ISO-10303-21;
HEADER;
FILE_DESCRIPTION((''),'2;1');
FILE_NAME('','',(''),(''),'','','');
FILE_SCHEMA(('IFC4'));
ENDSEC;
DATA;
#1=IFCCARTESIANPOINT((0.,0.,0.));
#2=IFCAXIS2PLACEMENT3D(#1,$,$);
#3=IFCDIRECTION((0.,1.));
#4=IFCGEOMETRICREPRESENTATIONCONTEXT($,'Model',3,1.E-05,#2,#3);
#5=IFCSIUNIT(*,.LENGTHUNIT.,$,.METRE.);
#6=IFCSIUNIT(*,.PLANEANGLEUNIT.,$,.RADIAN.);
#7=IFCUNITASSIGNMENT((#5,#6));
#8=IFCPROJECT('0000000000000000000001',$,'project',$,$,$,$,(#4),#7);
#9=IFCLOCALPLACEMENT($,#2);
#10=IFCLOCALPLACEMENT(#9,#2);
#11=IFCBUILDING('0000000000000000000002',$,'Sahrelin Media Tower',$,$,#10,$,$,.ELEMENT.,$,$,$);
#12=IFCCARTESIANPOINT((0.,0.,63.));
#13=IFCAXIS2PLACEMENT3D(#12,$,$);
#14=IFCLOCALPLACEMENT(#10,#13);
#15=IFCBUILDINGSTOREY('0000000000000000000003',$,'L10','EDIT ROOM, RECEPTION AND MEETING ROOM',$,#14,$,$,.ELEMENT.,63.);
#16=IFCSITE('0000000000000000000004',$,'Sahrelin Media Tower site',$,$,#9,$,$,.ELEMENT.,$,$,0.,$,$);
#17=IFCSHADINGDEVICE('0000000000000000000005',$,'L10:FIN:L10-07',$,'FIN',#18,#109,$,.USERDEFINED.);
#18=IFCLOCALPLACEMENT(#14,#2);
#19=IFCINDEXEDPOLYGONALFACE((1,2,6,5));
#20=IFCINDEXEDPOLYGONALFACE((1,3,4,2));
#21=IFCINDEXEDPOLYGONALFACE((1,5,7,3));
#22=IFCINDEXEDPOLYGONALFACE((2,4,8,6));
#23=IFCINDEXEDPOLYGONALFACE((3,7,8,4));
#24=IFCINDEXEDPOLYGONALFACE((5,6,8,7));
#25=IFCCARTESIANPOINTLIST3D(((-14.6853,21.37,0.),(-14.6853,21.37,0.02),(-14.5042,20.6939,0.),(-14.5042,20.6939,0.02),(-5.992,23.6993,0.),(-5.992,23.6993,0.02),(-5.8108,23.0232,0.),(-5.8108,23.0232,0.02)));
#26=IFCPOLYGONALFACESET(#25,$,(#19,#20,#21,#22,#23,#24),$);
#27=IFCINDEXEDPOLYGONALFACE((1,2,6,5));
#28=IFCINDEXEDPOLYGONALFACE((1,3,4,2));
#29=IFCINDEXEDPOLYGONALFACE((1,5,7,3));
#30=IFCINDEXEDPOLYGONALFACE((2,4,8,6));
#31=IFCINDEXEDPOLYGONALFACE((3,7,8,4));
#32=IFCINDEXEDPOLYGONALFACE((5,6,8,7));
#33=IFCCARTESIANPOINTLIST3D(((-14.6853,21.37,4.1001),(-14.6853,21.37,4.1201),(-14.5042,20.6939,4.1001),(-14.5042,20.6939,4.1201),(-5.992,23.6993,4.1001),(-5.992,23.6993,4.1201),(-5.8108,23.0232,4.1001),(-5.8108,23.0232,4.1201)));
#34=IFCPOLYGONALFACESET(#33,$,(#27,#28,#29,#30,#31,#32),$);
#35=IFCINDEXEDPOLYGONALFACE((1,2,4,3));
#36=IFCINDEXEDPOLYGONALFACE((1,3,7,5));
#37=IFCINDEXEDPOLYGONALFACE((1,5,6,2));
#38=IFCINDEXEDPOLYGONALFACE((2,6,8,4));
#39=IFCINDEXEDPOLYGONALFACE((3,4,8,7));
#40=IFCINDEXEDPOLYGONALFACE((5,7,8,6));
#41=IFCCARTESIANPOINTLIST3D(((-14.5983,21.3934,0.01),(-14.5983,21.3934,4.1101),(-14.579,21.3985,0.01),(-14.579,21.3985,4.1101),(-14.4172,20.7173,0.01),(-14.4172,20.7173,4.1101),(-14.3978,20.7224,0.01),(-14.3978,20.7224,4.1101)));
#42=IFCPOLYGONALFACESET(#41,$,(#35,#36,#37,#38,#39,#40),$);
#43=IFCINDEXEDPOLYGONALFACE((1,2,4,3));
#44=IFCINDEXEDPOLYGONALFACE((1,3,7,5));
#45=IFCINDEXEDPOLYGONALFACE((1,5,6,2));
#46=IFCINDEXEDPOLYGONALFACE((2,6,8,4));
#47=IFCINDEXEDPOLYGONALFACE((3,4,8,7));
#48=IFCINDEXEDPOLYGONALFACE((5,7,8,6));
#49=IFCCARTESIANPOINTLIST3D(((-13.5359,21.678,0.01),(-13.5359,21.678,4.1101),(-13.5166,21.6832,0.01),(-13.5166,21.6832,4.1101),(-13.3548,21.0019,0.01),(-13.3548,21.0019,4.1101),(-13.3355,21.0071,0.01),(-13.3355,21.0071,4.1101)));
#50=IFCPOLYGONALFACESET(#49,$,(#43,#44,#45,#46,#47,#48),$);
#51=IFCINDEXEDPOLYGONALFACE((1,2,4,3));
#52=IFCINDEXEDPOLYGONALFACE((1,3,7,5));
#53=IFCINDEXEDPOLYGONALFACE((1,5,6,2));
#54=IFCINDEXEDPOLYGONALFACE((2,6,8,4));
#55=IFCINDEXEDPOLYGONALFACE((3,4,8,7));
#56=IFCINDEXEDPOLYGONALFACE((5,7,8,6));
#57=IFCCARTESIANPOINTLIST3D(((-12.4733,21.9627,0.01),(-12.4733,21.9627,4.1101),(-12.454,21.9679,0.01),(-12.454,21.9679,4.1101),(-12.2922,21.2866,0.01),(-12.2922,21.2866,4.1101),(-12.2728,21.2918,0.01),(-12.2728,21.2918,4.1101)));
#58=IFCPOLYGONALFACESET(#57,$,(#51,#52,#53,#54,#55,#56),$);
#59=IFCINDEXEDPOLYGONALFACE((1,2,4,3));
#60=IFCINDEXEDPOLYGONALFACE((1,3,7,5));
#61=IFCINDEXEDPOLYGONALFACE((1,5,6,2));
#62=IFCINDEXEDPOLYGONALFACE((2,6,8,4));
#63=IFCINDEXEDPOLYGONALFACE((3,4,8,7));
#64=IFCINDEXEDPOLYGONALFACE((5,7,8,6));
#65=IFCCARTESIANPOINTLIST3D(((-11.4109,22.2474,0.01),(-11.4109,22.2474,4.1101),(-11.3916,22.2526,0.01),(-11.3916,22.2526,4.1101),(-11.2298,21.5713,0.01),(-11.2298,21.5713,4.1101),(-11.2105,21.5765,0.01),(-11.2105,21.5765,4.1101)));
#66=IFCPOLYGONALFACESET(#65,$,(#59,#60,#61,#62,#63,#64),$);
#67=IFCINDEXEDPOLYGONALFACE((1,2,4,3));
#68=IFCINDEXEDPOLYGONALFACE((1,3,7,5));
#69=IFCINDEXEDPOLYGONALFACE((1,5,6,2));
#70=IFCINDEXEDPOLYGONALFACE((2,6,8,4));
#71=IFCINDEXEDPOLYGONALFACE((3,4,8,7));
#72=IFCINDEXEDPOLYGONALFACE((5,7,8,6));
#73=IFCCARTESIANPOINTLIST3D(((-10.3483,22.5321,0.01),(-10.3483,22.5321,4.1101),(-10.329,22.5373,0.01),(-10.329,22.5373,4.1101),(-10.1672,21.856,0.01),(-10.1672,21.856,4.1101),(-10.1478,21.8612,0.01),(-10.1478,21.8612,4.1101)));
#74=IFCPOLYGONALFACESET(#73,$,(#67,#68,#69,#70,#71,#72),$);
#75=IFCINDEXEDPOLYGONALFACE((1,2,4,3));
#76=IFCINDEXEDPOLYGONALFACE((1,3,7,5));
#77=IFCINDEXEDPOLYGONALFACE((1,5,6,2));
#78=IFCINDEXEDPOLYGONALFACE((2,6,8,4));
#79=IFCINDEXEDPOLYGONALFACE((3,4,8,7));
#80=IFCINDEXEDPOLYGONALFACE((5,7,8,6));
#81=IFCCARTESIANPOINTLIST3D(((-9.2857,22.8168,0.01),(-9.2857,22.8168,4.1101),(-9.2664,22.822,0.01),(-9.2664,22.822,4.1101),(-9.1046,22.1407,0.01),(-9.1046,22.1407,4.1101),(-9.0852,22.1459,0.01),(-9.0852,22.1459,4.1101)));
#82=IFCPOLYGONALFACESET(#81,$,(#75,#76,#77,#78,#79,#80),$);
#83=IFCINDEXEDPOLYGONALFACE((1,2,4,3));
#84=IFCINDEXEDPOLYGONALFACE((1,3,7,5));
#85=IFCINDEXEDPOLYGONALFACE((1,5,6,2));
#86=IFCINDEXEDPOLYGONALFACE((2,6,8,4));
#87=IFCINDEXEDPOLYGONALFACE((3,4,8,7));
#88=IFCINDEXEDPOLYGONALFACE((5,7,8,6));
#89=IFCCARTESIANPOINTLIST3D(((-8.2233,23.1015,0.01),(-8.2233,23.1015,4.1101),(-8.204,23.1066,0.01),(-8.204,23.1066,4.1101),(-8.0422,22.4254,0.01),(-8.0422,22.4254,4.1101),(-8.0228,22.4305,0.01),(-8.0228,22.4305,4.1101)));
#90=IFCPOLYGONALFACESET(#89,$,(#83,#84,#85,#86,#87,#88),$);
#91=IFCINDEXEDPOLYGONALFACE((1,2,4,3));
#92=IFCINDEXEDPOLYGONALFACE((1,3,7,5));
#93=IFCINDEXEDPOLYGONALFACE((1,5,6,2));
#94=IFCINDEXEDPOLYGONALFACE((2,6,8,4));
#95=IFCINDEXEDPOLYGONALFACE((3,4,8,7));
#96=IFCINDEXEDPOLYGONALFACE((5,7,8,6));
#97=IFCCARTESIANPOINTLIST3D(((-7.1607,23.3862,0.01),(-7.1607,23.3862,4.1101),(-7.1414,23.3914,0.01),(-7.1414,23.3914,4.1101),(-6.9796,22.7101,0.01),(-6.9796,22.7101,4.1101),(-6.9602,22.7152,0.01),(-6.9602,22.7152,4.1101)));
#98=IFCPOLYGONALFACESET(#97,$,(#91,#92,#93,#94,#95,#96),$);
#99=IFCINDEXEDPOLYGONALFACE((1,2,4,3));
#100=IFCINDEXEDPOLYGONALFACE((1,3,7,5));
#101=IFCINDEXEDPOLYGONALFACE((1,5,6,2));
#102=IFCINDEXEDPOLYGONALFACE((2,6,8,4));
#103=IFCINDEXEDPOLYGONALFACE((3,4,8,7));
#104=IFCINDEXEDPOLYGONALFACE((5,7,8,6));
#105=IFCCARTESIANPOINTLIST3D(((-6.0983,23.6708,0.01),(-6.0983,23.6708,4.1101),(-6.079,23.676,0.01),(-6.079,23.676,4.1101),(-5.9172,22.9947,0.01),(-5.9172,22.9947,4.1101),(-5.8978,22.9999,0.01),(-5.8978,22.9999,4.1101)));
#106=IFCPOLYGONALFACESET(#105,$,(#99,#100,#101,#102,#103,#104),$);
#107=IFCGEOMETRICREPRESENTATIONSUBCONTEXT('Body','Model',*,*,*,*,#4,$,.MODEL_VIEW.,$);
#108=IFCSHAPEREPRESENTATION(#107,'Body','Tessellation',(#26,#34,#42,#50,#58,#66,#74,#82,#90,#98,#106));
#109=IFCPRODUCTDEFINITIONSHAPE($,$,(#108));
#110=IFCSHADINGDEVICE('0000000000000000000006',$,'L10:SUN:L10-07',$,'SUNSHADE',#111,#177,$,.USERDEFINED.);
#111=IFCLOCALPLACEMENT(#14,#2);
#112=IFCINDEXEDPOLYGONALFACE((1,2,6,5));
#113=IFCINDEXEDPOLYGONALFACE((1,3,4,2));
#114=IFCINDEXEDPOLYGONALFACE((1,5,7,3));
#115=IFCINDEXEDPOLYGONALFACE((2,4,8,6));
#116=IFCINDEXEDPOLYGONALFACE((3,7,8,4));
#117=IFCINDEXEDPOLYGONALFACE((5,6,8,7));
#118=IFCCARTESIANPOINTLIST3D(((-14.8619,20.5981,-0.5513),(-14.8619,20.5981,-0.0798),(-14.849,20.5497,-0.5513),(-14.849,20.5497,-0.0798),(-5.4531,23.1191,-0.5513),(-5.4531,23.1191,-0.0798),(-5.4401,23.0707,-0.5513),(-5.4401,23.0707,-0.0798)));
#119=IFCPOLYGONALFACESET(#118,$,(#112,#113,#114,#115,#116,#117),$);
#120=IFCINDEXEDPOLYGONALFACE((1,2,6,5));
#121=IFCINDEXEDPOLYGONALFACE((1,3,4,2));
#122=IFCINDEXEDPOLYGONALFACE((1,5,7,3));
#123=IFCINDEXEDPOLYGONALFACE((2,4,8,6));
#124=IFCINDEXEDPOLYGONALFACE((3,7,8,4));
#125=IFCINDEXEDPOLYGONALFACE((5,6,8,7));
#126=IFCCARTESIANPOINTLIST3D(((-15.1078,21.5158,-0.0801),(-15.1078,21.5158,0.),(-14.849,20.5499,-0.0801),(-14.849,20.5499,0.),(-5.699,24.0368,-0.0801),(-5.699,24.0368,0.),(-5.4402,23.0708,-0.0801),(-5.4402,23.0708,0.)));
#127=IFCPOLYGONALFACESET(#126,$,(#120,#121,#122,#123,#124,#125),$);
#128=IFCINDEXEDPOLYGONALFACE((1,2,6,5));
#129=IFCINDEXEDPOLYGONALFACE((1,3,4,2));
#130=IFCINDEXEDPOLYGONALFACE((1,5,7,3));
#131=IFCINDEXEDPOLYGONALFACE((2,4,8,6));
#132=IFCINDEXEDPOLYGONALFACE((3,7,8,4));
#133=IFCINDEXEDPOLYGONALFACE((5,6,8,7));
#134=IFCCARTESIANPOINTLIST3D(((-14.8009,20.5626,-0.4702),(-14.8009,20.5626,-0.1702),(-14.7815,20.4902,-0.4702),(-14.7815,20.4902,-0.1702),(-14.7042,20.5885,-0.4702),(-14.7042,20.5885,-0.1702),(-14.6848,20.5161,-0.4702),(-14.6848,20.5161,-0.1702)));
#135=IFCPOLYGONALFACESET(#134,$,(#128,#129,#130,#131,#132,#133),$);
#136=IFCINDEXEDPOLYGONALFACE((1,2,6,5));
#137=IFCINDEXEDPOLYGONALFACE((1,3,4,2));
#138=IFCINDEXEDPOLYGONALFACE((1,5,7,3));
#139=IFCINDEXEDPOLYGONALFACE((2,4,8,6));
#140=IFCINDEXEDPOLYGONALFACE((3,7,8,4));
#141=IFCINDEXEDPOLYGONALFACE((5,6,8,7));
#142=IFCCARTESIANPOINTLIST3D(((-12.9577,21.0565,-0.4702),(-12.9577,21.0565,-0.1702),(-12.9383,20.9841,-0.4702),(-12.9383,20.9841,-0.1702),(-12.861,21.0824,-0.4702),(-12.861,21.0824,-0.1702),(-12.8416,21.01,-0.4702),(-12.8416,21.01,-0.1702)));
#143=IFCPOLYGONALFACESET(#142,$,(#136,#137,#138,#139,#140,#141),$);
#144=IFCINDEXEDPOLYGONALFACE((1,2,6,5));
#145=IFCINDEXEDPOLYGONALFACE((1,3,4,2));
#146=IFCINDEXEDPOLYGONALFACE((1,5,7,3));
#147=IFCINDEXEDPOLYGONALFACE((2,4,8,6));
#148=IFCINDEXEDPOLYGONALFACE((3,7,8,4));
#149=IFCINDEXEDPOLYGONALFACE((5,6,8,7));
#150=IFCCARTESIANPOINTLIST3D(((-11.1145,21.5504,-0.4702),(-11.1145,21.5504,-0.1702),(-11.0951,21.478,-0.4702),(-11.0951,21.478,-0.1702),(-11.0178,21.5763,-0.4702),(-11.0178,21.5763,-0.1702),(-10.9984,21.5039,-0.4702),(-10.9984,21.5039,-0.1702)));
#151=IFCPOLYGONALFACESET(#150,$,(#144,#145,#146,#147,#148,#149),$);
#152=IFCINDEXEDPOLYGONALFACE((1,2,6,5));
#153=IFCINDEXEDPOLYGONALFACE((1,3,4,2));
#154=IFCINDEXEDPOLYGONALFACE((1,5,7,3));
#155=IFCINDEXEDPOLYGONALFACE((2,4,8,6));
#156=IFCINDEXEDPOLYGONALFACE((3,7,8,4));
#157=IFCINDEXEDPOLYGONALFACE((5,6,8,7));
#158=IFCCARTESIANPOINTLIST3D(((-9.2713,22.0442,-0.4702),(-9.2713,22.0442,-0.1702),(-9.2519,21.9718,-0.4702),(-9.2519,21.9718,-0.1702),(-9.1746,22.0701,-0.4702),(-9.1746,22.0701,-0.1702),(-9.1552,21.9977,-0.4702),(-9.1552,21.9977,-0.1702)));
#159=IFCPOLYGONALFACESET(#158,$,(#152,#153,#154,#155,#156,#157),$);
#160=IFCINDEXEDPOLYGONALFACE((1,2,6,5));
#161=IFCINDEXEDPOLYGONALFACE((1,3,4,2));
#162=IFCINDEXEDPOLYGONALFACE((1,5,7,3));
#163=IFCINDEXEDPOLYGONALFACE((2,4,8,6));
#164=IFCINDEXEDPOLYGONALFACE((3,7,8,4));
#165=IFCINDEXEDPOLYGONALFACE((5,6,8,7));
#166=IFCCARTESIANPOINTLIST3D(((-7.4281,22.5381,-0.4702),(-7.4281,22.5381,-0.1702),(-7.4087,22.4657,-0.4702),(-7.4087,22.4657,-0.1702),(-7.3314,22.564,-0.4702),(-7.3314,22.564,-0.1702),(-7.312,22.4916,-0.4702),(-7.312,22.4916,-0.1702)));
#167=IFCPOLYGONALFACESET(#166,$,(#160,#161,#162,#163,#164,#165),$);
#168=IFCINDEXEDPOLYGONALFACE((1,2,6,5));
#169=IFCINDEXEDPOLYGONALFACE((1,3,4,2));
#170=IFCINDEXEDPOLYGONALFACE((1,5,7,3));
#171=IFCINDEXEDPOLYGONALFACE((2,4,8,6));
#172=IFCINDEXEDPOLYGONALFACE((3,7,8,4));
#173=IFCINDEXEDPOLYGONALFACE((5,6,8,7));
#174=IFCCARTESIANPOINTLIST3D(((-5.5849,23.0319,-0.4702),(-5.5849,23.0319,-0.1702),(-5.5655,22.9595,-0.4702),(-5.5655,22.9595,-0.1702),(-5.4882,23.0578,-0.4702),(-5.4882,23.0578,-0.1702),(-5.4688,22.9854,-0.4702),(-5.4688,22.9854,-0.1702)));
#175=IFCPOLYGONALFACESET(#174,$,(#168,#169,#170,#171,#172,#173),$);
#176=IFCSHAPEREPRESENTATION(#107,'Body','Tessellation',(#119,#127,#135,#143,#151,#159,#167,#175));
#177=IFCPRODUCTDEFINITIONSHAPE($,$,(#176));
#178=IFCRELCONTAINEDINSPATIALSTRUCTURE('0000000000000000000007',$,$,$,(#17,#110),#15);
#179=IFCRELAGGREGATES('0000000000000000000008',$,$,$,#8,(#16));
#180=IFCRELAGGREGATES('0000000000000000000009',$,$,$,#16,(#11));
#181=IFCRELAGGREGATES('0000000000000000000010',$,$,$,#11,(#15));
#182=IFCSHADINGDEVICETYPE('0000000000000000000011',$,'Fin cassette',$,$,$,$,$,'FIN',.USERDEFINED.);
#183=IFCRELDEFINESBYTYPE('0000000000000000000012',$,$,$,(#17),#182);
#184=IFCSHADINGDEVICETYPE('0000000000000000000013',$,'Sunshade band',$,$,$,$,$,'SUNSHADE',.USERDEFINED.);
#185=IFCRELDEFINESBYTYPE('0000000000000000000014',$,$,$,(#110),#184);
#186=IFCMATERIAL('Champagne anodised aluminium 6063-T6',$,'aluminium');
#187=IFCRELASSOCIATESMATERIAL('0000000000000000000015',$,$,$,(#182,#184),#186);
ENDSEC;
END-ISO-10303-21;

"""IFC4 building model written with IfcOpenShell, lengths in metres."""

from ifc_helpers import new_model, si_unit, direction, frame, origin, origin_2d, place, context, subcontext, project, spatial, rectangle, extrude, material, type_object, element, save


model = new_model("IFC4")

# Units and contexts
model_context = context("Model", 3, precision=1e-05, world=origin(), true_north=direction((0.0, 1.0)))
body_context = subcontext(model_context, "Body", "Model", "MODEL_VIEW")
ifc_project = project(units=[si_unit("LENGTHUNIT", "METRE"), si_unit("PLANEANGLEUNIT", "RADIAN")], contexts=[model_context])

# Site, building, storey
site_placement = place(None, origin())
site = spatial("IfcSite", under=ifc_project, at=site_placement, Name="Sahrelin Media Tower site", CompositionType="ELEMENT", RefElevation=0.0)
building_placement = place(site_placement, origin())
building = spatial("IfcBuilding", under=site, at=building_placement, Name="Sahrelin Media Tower", CompositionType="ELEMENT")
storey_placement = place(building_placement, frame((0.0, 0.0, 63.0)))
storey = spatial("IfcBuildingStorey", under=building, at=storey_placement, Name="L10", Description="EDIT ROOM, RECEPTION AND MEETING ROOM", CompositionType="ELEMENT", Elevation=63.0)

# Shared definitions
ifc_material_1 = material(Name="Champagne anodised aluminium 6063-T6", Category="aluminium")

# Shading devices
shading_device_type_1 = type_object("IfcShadingDeviceType", Name="Fin cassette", ElementType="FIN", PredefinedType="USERDEFINED", material=ifc_material_1)
placement = place(storey_placement, frame((-10.1394, 21.791, 0.0), z_axis=(0.0, 0.0, 1.0), x_axis=(0.965929, 0.258808, 0.0)))
element("IfcShadingDevice", 1, at=placement, inside=storey, type_object=shading_device_type_1, Name="L10:FIN:L10-07", ObjectType="FIN", PredefinedType="USERDEFINED", context=body_context, shape_type="SweptSolid", body=[
    extrude(rectangle(XDim=9.0, YDim=0.7, at=origin_2d()), frame((0.0, 0.4199, 0.0)), (0.0, 0.0, 1.0), 0.02),
    extrude(rectangle(XDim=9.0, YDim=0.7, at=origin_2d()), frame((0.0, 0.4199, 4.1001)), (0.0, 0.0, 1.0), 0.02),
    extrude(rectangle(XDim=0.02, YDim=0.7, at=origin_2d()), frame((-4.3999, 0.4199, 0.01), z_axis=(0.0, 0.0, 1.0), x_axis=(1.0, 0.0, 0.0)), (0.0, 0.0, 1.0), 4.1001),
    extrude(rectangle(XDim=0.02, YDim=0.7, at=origin_2d()), frame((-3.3, 0.4199, 0.01), z_axis=(0.0, 0.0, 1.0), x_axis=(1.0, 0.0, 0.0)), (0.0, 0.0, 1.0), 4.1001),
    extrude(rectangle(XDim=0.02, YDim=0.7, at=origin_2d()), frame((-2.2, 0.4199, 0.01), z_axis=(0.0, 0.0, 1.0), x_axis=(1.0, 0.0, 0.0)), (0.0, 0.0, 1.0), 4.1001),
    extrude(rectangle(XDim=0.02, YDim=0.7, at=origin_2d()), frame((-1.1001, 0.4199, 0.01), z_axis=(0.0, 0.0, 1.0), x_axis=(1.0, 0.0, 0.0)), (0.0, 0.0, 1.0), 4.1001),
    extrude(rectangle(XDim=0.02, YDim=0.7, at=origin_2d()), frame((0.0, 0.4199, 0.01), z_axis=(0.0, 0.0, 1.0), x_axis=(1.0, 0.0, 0.0)), (0.0, 0.0, 1.0), 4.1001),
    extrude(rectangle(XDim=0.02, YDim=0.7, at=origin_2d()), frame((1.1001, 0.4199, 0.01), z_axis=(0.0, 0.0, 1.0), x_axis=(1.0, 0.0, 0.0)), (0.0, 0.0, 1.0), 4.1001),
    extrude(rectangle(XDim=0.02, YDim=0.7, at=origin_2d()), frame((2.2, 0.4199, 0.01), z_axis=(0.0, 0.0, 1.0), x_axis=(1.0, 0.0, 0.0)), (0.0, 0.0, 1.0), 4.1001),
    extrude(rectangle(XDim=0.02, YDim=0.7, at=origin_2d()), frame((3.3, 0.4199, 0.01), z_axis=(0.0, 0.0, 1.0), x_axis=(1.0, 0.0, 0.0)), (0.0, 0.0, 1.0), 4.1001),
    extrude(rectangle(XDim=0.02, YDim=0.7, at=origin_2d()), frame((4.3999, 0.4199, 0.01), z_axis=(0.0, 0.0, 1.0), x_axis=(1.0, 0.0, 0.0)), (0.0, 0.0, 1.0), 4.1001),
])
shading_device_type_2 = type_object("IfcShadingDeviceType", Name="Sunshade band", ElementType="SUNSHADE", PredefinedType="USERDEFINED", material=ifc_material_1)
element("IfcShadingDevice", 2, at=placement, inside=storey, type_object=shading_device_type_2, Name="L10:SUN:L10-07", ObjectType="SUNSHADE", PredefinedType="USERDEFINED", context=body_context, shape_type="SweptSolid", body=[
    extrude(rectangle(XDim=9.7407, YDim=0.05, at=origin_2d()), frame((0.0, 0.0449, -0.5513)), (0.0, 0.0, 1.0), 0.4714),
    extrude(rectangle(XDim=9.7407, YDim=1.0, at=origin_2d()), frame((0.0, 0.52, -0.0801)), (0.0, 0.0, 1.0), 0.0801),
    extrude(rectangle(XDim=0.1001, YDim=0.075, at=origin_2d()), frame((-4.7705, -0.0176, -0.4702)), (0.0, 0.0, 1.0), 0.3),
    extrude(rectangle(XDim=0.1001, YDim=0.075, at=origin_2d()), frame((-2.8623, -0.0176, -0.4702)), (0.0, 0.0, 1.0), 0.3),
    extrude(rectangle(XDim=0.1001, YDim=0.075, at=origin_2d()), frame((-0.9541, -0.0176, -0.4702)), (0.0, 0.0, 1.0), 0.3),
    extrude(rectangle(XDim=0.1001, YDim=0.075, at=origin_2d()), frame((0.9541, -0.0176, -0.4702)), (0.0, 0.0, 1.0), 0.3),
    extrude(rectangle(XDim=0.1001, YDim=0.075, at=origin_2d()), frame((2.8623, -0.0176, -0.4702)), (0.0, 0.0, 1.0), 0.3),
    extrude(rectangle(XDim=0.1001, YDim=0.075, at=origin_2d()), frame((4.7705, -0.0176, -0.4702)), (0.0, 0.0, 1.0), 0.3),
])

save(model, "model.ifc")
